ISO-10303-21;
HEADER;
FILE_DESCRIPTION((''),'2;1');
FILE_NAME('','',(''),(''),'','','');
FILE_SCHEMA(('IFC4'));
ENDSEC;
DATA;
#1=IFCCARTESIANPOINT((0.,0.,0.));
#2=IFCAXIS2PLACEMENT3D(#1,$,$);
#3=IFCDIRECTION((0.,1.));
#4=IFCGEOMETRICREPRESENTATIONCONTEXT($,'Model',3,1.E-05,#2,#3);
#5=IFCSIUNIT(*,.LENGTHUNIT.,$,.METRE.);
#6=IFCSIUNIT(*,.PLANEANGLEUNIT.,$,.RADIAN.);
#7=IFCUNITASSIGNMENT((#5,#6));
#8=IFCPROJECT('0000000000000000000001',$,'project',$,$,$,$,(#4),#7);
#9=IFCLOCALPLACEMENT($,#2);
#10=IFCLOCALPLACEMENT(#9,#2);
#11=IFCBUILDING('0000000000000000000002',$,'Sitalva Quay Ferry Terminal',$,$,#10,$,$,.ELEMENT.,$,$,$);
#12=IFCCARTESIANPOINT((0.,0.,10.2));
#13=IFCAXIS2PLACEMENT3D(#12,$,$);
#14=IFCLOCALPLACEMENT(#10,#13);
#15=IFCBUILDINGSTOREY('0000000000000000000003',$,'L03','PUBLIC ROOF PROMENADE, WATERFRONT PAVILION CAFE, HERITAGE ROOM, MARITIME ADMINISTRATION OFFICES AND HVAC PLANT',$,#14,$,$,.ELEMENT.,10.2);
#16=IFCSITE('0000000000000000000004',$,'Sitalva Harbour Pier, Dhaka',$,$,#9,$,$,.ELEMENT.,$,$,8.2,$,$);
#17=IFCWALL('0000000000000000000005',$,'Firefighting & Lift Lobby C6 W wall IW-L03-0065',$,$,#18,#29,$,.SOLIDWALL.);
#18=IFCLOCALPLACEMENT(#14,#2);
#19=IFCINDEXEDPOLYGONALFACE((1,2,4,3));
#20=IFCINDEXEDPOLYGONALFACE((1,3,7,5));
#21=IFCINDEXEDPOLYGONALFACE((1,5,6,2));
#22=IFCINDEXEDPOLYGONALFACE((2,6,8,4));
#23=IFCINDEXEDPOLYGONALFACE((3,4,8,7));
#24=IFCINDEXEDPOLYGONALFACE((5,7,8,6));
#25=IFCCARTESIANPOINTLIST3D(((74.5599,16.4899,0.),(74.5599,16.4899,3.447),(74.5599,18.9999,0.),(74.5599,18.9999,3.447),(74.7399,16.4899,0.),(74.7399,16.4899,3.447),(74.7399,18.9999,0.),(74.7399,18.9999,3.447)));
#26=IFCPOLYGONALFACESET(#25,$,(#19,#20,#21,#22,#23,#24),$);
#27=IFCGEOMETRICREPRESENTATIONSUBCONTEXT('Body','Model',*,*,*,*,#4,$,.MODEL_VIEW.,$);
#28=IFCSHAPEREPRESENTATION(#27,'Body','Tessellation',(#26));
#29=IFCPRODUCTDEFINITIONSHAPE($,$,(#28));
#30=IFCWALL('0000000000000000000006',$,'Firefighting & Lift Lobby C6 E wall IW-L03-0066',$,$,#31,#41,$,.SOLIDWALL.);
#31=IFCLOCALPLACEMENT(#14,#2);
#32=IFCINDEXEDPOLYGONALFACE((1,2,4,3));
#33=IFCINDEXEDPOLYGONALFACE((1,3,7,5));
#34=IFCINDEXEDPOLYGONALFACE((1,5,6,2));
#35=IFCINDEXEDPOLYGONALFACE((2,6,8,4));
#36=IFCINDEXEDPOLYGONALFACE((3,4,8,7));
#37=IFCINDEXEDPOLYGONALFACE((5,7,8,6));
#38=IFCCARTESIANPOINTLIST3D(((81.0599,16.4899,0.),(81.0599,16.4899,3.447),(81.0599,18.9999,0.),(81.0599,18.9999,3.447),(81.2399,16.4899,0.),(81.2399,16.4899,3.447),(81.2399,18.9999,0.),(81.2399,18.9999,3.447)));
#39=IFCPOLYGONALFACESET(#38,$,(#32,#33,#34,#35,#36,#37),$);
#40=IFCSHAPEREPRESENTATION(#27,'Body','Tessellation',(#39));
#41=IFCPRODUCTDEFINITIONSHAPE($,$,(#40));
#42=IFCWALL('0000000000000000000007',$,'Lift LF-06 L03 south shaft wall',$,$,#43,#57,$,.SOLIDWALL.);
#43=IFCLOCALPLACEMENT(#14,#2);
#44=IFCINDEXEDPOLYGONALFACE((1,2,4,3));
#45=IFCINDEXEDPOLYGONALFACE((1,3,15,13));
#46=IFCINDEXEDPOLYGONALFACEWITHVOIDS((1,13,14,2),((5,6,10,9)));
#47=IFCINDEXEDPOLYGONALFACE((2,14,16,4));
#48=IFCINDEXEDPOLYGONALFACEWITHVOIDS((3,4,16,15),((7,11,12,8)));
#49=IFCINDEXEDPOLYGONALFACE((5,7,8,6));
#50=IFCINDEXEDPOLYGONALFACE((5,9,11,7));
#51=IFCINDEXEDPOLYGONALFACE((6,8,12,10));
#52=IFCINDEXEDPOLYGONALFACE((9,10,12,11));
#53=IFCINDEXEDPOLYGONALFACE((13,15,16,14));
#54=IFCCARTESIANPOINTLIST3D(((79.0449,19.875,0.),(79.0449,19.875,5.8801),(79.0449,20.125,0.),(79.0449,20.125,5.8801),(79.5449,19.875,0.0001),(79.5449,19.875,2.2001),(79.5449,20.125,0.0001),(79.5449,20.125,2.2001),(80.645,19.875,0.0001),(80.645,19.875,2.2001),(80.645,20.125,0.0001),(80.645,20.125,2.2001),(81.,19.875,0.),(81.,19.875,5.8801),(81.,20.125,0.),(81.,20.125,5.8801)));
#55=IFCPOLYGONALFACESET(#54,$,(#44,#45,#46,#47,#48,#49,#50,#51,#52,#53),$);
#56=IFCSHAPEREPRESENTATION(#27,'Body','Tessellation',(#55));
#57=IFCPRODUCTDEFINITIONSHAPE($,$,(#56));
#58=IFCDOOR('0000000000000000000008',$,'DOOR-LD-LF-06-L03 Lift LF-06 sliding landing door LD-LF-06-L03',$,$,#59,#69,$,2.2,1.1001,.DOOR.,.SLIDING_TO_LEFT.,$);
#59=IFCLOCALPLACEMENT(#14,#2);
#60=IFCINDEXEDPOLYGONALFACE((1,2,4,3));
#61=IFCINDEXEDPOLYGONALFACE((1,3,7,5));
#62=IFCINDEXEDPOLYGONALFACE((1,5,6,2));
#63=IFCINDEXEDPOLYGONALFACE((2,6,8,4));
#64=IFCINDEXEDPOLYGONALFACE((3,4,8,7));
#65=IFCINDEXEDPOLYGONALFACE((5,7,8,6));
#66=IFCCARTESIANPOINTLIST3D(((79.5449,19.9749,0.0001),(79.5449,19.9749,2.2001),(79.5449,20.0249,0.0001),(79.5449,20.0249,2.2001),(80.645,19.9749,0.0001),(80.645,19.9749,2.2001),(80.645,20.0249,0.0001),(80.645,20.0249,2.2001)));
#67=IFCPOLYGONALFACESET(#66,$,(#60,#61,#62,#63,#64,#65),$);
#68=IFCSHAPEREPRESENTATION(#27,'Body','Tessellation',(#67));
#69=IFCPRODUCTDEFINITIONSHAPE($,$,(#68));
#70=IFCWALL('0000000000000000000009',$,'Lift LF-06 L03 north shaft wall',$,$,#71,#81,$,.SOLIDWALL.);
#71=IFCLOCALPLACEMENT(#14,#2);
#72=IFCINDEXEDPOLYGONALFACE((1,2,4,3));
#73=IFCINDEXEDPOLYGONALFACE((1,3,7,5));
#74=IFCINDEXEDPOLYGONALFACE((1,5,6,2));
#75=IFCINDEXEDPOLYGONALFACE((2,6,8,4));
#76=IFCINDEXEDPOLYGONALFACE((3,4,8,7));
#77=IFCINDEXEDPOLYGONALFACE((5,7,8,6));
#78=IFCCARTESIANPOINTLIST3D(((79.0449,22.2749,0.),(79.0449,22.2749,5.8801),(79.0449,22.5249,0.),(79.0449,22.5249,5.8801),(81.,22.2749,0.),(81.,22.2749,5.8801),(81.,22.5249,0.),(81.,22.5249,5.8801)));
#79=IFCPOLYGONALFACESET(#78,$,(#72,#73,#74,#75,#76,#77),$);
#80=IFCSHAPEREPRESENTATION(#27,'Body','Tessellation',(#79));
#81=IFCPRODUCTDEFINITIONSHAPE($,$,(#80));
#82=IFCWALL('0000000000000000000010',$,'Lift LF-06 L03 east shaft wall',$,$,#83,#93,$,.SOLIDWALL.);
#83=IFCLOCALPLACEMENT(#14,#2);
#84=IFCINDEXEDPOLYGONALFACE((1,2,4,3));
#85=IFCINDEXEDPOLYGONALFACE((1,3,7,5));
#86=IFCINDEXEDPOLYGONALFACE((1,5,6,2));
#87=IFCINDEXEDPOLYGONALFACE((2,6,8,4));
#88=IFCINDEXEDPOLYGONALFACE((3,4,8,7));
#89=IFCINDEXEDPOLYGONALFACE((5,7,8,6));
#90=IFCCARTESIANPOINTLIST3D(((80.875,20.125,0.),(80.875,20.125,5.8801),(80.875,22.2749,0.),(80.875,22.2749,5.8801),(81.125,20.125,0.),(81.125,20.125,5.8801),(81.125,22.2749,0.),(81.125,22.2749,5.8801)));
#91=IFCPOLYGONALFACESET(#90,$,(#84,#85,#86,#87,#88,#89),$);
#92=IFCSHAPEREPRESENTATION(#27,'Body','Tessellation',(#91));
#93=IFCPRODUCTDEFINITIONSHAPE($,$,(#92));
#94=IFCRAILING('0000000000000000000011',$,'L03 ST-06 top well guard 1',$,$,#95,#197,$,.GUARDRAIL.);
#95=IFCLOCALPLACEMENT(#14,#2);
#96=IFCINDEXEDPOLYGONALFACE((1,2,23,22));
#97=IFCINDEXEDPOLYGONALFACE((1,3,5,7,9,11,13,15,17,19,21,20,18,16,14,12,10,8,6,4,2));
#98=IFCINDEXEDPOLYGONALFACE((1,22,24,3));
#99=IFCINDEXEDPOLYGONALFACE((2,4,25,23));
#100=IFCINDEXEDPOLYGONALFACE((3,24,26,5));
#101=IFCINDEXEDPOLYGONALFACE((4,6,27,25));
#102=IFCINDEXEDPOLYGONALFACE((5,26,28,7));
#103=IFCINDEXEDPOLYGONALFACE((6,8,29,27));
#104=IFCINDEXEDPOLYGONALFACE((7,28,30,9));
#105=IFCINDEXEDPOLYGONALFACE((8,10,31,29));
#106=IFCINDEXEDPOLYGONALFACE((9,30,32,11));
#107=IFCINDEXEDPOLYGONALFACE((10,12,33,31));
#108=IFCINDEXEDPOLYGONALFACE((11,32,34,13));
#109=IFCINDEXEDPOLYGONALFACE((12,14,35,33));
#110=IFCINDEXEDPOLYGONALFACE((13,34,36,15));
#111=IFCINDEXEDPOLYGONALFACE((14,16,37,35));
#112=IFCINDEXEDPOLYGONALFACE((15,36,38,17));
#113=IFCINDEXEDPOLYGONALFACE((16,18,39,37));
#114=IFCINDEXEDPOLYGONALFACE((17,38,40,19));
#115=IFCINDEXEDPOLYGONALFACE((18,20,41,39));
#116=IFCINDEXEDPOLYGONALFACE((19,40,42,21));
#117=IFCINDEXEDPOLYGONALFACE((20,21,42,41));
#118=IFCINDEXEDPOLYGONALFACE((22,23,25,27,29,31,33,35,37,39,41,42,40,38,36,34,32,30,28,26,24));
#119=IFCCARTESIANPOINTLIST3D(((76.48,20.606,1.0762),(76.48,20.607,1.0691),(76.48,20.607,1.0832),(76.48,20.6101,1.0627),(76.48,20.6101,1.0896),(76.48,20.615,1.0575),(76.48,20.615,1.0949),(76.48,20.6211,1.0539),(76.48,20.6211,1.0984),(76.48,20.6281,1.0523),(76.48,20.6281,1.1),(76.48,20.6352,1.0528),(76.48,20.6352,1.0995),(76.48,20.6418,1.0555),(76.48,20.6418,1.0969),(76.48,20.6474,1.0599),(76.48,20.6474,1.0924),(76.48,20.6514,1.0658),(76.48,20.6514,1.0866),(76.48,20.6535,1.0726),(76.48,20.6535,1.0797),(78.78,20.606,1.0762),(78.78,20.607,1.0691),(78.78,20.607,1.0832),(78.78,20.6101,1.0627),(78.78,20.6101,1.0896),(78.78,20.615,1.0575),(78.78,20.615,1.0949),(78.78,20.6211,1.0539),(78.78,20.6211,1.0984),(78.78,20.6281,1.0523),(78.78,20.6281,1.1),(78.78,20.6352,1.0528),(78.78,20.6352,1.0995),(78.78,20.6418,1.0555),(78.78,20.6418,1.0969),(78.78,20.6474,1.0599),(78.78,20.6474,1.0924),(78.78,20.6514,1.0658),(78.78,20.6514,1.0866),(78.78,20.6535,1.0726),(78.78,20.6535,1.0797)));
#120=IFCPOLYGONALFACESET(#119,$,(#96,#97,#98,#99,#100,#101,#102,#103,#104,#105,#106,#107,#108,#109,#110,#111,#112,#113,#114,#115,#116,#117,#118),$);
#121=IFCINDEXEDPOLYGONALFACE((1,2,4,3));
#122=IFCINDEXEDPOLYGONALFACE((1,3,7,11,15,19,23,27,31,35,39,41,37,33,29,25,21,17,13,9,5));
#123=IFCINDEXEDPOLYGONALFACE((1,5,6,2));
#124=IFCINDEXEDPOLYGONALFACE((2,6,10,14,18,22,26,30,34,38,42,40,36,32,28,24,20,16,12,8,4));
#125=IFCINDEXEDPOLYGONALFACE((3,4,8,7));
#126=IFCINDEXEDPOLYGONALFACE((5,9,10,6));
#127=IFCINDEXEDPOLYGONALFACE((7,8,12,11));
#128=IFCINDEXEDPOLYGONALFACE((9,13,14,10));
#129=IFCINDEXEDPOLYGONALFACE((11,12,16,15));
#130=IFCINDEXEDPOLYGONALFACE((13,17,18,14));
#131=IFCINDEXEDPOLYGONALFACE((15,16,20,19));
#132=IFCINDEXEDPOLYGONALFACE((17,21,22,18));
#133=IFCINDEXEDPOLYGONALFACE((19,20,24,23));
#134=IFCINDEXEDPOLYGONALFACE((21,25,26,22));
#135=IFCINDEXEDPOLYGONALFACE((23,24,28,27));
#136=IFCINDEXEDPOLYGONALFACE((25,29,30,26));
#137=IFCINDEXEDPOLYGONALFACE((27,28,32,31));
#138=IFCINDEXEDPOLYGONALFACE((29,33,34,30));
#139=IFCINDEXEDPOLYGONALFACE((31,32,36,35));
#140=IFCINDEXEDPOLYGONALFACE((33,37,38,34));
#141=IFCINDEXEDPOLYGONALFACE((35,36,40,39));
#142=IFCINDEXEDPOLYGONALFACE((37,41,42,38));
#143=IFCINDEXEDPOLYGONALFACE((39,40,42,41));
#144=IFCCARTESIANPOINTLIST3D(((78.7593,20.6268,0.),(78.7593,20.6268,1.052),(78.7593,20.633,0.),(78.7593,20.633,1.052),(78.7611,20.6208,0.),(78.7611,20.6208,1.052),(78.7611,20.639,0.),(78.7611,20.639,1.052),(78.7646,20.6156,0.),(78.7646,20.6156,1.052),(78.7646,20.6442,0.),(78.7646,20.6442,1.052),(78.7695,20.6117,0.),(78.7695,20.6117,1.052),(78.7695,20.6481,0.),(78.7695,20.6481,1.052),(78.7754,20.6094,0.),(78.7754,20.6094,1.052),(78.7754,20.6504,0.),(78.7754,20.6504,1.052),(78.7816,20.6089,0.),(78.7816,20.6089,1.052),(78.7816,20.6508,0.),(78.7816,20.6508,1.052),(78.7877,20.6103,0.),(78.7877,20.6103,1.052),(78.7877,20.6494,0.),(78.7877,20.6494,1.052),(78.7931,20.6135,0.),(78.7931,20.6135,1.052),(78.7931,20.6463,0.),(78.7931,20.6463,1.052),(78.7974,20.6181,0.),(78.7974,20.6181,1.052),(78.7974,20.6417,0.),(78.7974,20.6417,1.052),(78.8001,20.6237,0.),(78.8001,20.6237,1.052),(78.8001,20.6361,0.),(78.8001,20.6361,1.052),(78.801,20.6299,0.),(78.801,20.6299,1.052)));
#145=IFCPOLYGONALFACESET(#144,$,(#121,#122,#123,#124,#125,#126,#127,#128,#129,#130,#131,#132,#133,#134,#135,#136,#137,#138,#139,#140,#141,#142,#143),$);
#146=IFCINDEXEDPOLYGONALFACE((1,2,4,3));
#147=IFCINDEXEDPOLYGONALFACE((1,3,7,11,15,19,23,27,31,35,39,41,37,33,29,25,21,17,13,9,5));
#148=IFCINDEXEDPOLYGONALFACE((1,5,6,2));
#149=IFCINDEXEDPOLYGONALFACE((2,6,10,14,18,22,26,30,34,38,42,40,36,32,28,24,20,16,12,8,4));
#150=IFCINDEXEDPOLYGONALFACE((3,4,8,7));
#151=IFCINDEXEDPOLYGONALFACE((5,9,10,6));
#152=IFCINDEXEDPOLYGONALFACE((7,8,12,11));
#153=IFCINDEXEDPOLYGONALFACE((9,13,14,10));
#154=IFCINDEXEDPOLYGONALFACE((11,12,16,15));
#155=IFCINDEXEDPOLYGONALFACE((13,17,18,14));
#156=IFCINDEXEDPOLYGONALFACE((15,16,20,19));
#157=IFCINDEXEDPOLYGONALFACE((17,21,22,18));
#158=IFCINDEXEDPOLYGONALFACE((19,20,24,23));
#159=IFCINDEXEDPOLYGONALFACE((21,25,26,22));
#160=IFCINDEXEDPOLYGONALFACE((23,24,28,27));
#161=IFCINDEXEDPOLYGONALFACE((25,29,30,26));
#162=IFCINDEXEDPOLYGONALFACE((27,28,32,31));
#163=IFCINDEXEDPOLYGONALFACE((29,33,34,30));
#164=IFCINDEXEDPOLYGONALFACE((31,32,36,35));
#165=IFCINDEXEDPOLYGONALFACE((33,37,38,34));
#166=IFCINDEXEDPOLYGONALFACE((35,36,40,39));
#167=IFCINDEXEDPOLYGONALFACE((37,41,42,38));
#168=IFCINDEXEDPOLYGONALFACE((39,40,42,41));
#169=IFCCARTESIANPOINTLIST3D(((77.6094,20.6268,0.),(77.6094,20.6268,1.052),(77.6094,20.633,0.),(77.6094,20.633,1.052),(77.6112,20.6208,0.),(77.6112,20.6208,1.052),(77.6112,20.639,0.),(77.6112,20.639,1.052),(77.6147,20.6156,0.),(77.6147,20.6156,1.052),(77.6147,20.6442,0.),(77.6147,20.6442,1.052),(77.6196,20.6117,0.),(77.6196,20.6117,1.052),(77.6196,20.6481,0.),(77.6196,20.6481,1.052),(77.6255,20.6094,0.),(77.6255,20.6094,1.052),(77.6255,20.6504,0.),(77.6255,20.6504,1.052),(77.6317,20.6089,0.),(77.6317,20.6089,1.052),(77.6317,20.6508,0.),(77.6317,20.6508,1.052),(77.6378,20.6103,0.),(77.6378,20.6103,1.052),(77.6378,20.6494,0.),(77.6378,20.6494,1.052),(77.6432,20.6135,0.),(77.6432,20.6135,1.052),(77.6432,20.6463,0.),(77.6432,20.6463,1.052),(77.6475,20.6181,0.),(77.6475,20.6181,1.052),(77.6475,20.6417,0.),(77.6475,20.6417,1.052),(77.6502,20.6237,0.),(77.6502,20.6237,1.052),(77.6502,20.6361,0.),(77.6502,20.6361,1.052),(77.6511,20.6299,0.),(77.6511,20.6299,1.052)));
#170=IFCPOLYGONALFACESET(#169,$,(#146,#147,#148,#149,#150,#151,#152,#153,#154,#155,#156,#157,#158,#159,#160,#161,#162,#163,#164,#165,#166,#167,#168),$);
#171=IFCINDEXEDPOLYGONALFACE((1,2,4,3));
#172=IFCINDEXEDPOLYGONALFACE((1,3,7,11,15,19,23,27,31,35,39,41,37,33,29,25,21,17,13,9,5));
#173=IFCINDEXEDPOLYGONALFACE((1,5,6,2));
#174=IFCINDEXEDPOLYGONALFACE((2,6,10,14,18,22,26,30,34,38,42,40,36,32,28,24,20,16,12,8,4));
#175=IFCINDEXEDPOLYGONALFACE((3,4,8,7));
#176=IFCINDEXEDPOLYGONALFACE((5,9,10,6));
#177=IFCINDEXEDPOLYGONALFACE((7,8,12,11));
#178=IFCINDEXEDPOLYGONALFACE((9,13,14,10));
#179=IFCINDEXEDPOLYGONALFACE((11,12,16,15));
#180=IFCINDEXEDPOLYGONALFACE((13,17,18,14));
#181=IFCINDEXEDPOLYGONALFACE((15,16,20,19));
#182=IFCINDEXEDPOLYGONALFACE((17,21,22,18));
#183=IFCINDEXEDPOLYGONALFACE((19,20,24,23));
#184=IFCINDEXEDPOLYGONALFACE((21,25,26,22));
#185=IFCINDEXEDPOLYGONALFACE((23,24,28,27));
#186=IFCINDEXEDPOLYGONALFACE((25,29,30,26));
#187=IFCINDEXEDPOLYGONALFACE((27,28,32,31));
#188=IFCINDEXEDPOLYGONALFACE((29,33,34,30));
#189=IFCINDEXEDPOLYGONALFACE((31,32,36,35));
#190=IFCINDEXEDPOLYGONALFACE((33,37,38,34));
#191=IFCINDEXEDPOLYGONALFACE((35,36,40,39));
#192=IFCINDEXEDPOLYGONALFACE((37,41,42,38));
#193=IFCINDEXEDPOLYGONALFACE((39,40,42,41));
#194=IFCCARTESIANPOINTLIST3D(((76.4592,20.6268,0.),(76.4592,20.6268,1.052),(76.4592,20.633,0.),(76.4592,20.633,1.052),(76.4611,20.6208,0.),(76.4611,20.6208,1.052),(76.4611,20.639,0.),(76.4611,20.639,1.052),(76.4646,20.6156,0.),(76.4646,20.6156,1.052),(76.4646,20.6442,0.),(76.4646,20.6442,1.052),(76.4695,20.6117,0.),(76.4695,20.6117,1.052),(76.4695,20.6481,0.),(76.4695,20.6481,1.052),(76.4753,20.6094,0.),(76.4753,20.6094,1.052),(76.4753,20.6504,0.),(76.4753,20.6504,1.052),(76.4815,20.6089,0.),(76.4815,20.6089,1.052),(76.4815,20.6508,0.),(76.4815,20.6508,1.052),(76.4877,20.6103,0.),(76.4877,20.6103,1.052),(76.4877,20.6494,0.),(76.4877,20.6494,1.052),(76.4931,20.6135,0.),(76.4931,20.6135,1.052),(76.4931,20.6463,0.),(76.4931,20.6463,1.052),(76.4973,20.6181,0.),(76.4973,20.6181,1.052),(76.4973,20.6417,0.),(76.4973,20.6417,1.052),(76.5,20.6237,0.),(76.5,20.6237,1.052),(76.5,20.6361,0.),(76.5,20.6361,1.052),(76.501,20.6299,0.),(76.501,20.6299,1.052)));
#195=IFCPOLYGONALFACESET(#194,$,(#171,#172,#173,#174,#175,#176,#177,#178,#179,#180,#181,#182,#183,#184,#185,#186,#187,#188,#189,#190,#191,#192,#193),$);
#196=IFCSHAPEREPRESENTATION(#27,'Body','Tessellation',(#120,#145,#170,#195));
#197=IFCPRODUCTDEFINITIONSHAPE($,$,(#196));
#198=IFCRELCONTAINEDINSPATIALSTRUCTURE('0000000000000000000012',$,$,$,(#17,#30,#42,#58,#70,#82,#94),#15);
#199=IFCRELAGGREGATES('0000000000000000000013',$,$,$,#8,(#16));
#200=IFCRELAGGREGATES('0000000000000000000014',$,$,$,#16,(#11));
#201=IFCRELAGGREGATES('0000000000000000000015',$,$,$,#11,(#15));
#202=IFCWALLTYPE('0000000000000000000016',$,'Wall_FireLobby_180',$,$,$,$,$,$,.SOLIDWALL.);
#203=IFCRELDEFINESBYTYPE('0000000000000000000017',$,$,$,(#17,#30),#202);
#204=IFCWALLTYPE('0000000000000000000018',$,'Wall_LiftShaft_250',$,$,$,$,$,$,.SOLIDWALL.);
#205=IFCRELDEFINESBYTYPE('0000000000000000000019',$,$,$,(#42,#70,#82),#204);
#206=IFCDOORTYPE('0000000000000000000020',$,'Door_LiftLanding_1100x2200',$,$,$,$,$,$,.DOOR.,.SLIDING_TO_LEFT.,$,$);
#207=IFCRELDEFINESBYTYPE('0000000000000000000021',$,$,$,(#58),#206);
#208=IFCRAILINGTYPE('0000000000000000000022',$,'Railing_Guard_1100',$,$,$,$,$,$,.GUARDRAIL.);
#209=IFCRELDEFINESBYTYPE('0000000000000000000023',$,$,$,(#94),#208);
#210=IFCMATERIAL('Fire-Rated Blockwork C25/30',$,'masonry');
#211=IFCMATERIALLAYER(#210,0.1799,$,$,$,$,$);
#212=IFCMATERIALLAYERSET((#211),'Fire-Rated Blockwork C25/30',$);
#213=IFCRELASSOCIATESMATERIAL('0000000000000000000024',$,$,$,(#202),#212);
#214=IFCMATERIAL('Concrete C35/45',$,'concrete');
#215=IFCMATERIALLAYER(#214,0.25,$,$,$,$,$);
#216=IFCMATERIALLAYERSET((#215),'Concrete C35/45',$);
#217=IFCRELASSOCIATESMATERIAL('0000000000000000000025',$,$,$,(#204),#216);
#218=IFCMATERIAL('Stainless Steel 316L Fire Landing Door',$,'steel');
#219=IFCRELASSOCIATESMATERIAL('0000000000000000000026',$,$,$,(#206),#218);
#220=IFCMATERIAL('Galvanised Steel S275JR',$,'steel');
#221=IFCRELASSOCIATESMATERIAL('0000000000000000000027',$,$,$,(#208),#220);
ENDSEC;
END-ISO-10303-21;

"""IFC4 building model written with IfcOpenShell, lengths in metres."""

from ifc_helpers import new_model, si_unit, direction, frame, frame_2d, origin, origin_2d, place, context, subcontext, project, spatial, rectangle, circle, extrude, material, layer, layer_set, type_object, element, fill, save


model = new_model("IFC4")

# Units and contexts
model_context = context("Model", 3, precision=1e-05, world=origin(), true_north=direction((0.0, 1.0)))
body_context = subcontext(model_context, "Body", "Model", "MODEL_VIEW")
ifc_project = project(units=[si_unit("LENGTHUNIT", "METRE"), si_unit("PLANEANGLEUNIT", "RADIAN")], contexts=[model_context])

# Site, building, storey
site_placement = place(None, origin())
site = spatial("IfcSite", under=ifc_project, at=site_placement, Name="Sitalva Harbour Pier, Dhaka", CompositionType="ELEMENT", RefElevation=8.2)
building_placement = place(site_placement, origin())
building = spatial("IfcBuilding", under=site, at=building_placement, Name="Sitalva Quay Ferry Terminal", CompositionType="ELEMENT")
storey_placement = place(building_placement, frame((0.0, 0.0, 10.2)))
storey = spatial("IfcBuildingStorey", under=building, at=storey_placement, Name="L03", Description="PUBLIC ROOF PROMENADE, WATERFRONT PAVILION CAFE, HERITAGE ROOM, MARITIME ADMINISTRATION OFFICES AND HVAC PLANT", CompositionType="ELEMENT", Elevation=10.2)

# Shared definitions
ifc_material_1 = material(Name="Fire-Rated Blockwork C25/30", Category="masonry")
ifc_layer_1 = layer(ifc_material_1, 0.1799)
ifc_layer_set_1 = layer_set([ifc_layer_1], Name="Fire-Rated Blockwork C25/30")
wall_type_1 = type_object("IfcWallType", Name="Wall_FireLobby_180", PredefinedType="SOLIDWALL", material=ifc_layer_set_1)

# Walls
for number, where, z_axis, x_axis, name in (
    (1, (74.6499, 16.49, 0.0), (0.0, 0.0, 1.0), (0.0, 1.0, 0.0), "Firefighting & Lift Lobby C6 W wall IW-L03-0065"),
    (2, (81.1499, 16.49, 0.0), (0.0, 0.0, 1.0), (0.0, 1.0, 0.0), "Firefighting & Lift Lobby C6 E wall IW-L03-0066"),
):
    element("IfcWall", number, at=place(storey_placement, frame(where, z_axis=z_axis, x_axis=x_axis)), inside=storey, type_object=wall_type_1, Name=name, PredefinedType="SOLIDWALL", context=body_context, shape_type="SweptSolid", body=[
        extrude(rectangle(XDim=2.51, YDim=0.1799, at=frame_2d((1.2549, 0.0))), origin(), (0.0, 0.0, 1.0), 3.447),
    ])

# Wall, opening, door
ifc_material_2 = material(Name="Concrete C35/45", Category="concrete")
ifc_layer_2 = layer(ifc_material_2, 0.25)
ifc_layer_set_2 = layer_set([ifc_layer_2], Name="Concrete C35/45")
wall_type_2 = type_object("IfcWallType", Name="Wall_LiftShaft_250", PredefinedType="SOLIDWALL", material=ifc_layer_set_2)
wall_1_placement = place(storey_placement, frame((79.0449, 20.0, 0.0), z_axis=(0.0, 0.0, 1.0), x_axis=(1.0, 0.0, 0.0)))
wall_1 = element("IfcWall", 3, at=wall_1_placement, inside=storey, type_object=wall_type_2, Name="Lift LF-06 L03 south shaft wall", PredefinedType="SOLIDWALL", context=body_context, shape_type="SweptSolid", body=[
    extrude(rectangle(XDim=1.9551, YDim=0.25, at=frame_2d((0.9775, 0.0))), origin(), (0.0, 0.0, 1.0), 5.8801),
])
opening_1_placement = place(wall_1_placement, frame((0.5, 0.0, 0.0)))
opening_1 = element("IfcOpeningElement", 4, at=opening_1_placement, cuts=wall_1, PredefinedType="OPENING", context=body_context, shape_type="SweptSolid", body=[
    extrude(rectangle(XDim=1.1001, YDim=2.2, at=frame_2d((0.55, 1.1001))), frame((0.0, 0.135, 0.0), z_axis=(0.0, -1.0, 0.0), x_axis=(1.0, 0.0, 0.0)), (0.0, 0.0, 1.0), 0.27),
])
ifc_material_3 = material(Name="Stainless Steel 316L Fire Landing Door", Category="steel")
door_type_1 = type_object("IfcDoorType", Name="Door_LiftLanding_1100x2200", OperationType="SLIDING_TO_LEFT", PredefinedType="DOOR", material=ifc_material_3)
door_1_placement = place(opening_1_placement, origin())
door_1 = element("IfcDoor", 5, at=door_1_placement, inside=storey, type_object=door_type_1, Name="DOOR-LD-LF-06-L03 Lift LF-06 sliding landing door LD-LF-06-L03", OperationType="SLIDING_TO_LEFT", OverallHeight=2.2, OverallWidth=1.1001, PredefinedType="DOOR", context=body_context, shape_type="SweptSolid", body=[
    extrude(rectangle(XDim=1.1001, YDim=2.2, at=frame_2d((0.55, 1.1001))), frame((0.0, 0.0249, 0.0), z_axis=(0.0, -1.0, 0.0), x_axis=(1.0, 0.0, 0.0)), (0.0, 0.0, 1.0), 0.05),
])
fill(opening_1, door_1)

# Walls
wall_2_placement = place(storey_placement, frame((79.0449, 22.3999, 0.0), z_axis=(0.0, 0.0, 1.0), x_axis=(1.0, 0.0, 0.0)))
element("IfcWall", 6, at=wall_2_placement, inside=storey, type_object=wall_type_2, Name="Lift LF-06 L03 north shaft wall", PredefinedType="SOLIDWALL", context=body_context, shape_type="SweptSolid", body=[
    extrude(rectangle(XDim=1.9551, YDim=0.25, at=frame_2d((0.9775, 0.0))), origin(), (0.0, 0.0, 1.0), 5.8801),
])
wall_3_placement = place(storey_placement, frame((81.0, 20.125, 0.0), z_axis=(0.0, 0.0, 1.0), x_axis=(0.0, 1.0, 0.0)))
element("IfcWall", 7, at=wall_3_placement, inside=storey, type_object=wall_type_2, Name="Lift LF-06 L03 east shaft wall", PredefinedType="SOLIDWALL", context=body_context, shape_type="SweptSolid", body=[
    extrude(rectangle(XDim=2.1499, YDim=0.25, at=frame_2d((1.075, 0.0))), origin(), (0.0, 0.0, 1.0), 5.8801),
])

# Railing
ifc_material_4 = material(Name="Galvanised Steel S275JR", Category="steel")
railing_type = type_object("IfcRailingType", Name="Railing_Guard_1100", PredefinedType="GUARDRAIL", material=ifc_material_4)
railing_placement = place(storey_placement, frame((78.78, 20.6299, 0.0)))
element("IfcRailing", 8, at=railing_placement, inside=storey, type_object=railing_type, Name="L03 ST-06 top well guard 1", PredefinedType="GUARDRAIL", context=body_context, shape_type="SweptSolid", body=[
    extrude(circle(Radius=0.0239, at=origin_2d()), frame((0.0, 0.0, 1.0762), z_axis=(-1.0, 0.0, 0.0), x_axis=(0.0, -1.0, 0.0)), (0.0, 0.0, 1.0), 2.3),
    extrude(circle(Radius=0.021, at=origin_2d()), origin(), (0.0, 0.0, 1.0), 1.052),
    extrude(circle(Radius=0.021, at=origin_2d()), frame((-1.1499, 0.0, 0.0)), (0.0, 0.0, 1.0), 1.052),
    extrude(circle(Radius=0.021, at=origin_2d()), frame((-2.3, 0.0, 0.0)), (0.0, 0.0, 1.0), 1.052),
])

save(model, "model.ifc")
